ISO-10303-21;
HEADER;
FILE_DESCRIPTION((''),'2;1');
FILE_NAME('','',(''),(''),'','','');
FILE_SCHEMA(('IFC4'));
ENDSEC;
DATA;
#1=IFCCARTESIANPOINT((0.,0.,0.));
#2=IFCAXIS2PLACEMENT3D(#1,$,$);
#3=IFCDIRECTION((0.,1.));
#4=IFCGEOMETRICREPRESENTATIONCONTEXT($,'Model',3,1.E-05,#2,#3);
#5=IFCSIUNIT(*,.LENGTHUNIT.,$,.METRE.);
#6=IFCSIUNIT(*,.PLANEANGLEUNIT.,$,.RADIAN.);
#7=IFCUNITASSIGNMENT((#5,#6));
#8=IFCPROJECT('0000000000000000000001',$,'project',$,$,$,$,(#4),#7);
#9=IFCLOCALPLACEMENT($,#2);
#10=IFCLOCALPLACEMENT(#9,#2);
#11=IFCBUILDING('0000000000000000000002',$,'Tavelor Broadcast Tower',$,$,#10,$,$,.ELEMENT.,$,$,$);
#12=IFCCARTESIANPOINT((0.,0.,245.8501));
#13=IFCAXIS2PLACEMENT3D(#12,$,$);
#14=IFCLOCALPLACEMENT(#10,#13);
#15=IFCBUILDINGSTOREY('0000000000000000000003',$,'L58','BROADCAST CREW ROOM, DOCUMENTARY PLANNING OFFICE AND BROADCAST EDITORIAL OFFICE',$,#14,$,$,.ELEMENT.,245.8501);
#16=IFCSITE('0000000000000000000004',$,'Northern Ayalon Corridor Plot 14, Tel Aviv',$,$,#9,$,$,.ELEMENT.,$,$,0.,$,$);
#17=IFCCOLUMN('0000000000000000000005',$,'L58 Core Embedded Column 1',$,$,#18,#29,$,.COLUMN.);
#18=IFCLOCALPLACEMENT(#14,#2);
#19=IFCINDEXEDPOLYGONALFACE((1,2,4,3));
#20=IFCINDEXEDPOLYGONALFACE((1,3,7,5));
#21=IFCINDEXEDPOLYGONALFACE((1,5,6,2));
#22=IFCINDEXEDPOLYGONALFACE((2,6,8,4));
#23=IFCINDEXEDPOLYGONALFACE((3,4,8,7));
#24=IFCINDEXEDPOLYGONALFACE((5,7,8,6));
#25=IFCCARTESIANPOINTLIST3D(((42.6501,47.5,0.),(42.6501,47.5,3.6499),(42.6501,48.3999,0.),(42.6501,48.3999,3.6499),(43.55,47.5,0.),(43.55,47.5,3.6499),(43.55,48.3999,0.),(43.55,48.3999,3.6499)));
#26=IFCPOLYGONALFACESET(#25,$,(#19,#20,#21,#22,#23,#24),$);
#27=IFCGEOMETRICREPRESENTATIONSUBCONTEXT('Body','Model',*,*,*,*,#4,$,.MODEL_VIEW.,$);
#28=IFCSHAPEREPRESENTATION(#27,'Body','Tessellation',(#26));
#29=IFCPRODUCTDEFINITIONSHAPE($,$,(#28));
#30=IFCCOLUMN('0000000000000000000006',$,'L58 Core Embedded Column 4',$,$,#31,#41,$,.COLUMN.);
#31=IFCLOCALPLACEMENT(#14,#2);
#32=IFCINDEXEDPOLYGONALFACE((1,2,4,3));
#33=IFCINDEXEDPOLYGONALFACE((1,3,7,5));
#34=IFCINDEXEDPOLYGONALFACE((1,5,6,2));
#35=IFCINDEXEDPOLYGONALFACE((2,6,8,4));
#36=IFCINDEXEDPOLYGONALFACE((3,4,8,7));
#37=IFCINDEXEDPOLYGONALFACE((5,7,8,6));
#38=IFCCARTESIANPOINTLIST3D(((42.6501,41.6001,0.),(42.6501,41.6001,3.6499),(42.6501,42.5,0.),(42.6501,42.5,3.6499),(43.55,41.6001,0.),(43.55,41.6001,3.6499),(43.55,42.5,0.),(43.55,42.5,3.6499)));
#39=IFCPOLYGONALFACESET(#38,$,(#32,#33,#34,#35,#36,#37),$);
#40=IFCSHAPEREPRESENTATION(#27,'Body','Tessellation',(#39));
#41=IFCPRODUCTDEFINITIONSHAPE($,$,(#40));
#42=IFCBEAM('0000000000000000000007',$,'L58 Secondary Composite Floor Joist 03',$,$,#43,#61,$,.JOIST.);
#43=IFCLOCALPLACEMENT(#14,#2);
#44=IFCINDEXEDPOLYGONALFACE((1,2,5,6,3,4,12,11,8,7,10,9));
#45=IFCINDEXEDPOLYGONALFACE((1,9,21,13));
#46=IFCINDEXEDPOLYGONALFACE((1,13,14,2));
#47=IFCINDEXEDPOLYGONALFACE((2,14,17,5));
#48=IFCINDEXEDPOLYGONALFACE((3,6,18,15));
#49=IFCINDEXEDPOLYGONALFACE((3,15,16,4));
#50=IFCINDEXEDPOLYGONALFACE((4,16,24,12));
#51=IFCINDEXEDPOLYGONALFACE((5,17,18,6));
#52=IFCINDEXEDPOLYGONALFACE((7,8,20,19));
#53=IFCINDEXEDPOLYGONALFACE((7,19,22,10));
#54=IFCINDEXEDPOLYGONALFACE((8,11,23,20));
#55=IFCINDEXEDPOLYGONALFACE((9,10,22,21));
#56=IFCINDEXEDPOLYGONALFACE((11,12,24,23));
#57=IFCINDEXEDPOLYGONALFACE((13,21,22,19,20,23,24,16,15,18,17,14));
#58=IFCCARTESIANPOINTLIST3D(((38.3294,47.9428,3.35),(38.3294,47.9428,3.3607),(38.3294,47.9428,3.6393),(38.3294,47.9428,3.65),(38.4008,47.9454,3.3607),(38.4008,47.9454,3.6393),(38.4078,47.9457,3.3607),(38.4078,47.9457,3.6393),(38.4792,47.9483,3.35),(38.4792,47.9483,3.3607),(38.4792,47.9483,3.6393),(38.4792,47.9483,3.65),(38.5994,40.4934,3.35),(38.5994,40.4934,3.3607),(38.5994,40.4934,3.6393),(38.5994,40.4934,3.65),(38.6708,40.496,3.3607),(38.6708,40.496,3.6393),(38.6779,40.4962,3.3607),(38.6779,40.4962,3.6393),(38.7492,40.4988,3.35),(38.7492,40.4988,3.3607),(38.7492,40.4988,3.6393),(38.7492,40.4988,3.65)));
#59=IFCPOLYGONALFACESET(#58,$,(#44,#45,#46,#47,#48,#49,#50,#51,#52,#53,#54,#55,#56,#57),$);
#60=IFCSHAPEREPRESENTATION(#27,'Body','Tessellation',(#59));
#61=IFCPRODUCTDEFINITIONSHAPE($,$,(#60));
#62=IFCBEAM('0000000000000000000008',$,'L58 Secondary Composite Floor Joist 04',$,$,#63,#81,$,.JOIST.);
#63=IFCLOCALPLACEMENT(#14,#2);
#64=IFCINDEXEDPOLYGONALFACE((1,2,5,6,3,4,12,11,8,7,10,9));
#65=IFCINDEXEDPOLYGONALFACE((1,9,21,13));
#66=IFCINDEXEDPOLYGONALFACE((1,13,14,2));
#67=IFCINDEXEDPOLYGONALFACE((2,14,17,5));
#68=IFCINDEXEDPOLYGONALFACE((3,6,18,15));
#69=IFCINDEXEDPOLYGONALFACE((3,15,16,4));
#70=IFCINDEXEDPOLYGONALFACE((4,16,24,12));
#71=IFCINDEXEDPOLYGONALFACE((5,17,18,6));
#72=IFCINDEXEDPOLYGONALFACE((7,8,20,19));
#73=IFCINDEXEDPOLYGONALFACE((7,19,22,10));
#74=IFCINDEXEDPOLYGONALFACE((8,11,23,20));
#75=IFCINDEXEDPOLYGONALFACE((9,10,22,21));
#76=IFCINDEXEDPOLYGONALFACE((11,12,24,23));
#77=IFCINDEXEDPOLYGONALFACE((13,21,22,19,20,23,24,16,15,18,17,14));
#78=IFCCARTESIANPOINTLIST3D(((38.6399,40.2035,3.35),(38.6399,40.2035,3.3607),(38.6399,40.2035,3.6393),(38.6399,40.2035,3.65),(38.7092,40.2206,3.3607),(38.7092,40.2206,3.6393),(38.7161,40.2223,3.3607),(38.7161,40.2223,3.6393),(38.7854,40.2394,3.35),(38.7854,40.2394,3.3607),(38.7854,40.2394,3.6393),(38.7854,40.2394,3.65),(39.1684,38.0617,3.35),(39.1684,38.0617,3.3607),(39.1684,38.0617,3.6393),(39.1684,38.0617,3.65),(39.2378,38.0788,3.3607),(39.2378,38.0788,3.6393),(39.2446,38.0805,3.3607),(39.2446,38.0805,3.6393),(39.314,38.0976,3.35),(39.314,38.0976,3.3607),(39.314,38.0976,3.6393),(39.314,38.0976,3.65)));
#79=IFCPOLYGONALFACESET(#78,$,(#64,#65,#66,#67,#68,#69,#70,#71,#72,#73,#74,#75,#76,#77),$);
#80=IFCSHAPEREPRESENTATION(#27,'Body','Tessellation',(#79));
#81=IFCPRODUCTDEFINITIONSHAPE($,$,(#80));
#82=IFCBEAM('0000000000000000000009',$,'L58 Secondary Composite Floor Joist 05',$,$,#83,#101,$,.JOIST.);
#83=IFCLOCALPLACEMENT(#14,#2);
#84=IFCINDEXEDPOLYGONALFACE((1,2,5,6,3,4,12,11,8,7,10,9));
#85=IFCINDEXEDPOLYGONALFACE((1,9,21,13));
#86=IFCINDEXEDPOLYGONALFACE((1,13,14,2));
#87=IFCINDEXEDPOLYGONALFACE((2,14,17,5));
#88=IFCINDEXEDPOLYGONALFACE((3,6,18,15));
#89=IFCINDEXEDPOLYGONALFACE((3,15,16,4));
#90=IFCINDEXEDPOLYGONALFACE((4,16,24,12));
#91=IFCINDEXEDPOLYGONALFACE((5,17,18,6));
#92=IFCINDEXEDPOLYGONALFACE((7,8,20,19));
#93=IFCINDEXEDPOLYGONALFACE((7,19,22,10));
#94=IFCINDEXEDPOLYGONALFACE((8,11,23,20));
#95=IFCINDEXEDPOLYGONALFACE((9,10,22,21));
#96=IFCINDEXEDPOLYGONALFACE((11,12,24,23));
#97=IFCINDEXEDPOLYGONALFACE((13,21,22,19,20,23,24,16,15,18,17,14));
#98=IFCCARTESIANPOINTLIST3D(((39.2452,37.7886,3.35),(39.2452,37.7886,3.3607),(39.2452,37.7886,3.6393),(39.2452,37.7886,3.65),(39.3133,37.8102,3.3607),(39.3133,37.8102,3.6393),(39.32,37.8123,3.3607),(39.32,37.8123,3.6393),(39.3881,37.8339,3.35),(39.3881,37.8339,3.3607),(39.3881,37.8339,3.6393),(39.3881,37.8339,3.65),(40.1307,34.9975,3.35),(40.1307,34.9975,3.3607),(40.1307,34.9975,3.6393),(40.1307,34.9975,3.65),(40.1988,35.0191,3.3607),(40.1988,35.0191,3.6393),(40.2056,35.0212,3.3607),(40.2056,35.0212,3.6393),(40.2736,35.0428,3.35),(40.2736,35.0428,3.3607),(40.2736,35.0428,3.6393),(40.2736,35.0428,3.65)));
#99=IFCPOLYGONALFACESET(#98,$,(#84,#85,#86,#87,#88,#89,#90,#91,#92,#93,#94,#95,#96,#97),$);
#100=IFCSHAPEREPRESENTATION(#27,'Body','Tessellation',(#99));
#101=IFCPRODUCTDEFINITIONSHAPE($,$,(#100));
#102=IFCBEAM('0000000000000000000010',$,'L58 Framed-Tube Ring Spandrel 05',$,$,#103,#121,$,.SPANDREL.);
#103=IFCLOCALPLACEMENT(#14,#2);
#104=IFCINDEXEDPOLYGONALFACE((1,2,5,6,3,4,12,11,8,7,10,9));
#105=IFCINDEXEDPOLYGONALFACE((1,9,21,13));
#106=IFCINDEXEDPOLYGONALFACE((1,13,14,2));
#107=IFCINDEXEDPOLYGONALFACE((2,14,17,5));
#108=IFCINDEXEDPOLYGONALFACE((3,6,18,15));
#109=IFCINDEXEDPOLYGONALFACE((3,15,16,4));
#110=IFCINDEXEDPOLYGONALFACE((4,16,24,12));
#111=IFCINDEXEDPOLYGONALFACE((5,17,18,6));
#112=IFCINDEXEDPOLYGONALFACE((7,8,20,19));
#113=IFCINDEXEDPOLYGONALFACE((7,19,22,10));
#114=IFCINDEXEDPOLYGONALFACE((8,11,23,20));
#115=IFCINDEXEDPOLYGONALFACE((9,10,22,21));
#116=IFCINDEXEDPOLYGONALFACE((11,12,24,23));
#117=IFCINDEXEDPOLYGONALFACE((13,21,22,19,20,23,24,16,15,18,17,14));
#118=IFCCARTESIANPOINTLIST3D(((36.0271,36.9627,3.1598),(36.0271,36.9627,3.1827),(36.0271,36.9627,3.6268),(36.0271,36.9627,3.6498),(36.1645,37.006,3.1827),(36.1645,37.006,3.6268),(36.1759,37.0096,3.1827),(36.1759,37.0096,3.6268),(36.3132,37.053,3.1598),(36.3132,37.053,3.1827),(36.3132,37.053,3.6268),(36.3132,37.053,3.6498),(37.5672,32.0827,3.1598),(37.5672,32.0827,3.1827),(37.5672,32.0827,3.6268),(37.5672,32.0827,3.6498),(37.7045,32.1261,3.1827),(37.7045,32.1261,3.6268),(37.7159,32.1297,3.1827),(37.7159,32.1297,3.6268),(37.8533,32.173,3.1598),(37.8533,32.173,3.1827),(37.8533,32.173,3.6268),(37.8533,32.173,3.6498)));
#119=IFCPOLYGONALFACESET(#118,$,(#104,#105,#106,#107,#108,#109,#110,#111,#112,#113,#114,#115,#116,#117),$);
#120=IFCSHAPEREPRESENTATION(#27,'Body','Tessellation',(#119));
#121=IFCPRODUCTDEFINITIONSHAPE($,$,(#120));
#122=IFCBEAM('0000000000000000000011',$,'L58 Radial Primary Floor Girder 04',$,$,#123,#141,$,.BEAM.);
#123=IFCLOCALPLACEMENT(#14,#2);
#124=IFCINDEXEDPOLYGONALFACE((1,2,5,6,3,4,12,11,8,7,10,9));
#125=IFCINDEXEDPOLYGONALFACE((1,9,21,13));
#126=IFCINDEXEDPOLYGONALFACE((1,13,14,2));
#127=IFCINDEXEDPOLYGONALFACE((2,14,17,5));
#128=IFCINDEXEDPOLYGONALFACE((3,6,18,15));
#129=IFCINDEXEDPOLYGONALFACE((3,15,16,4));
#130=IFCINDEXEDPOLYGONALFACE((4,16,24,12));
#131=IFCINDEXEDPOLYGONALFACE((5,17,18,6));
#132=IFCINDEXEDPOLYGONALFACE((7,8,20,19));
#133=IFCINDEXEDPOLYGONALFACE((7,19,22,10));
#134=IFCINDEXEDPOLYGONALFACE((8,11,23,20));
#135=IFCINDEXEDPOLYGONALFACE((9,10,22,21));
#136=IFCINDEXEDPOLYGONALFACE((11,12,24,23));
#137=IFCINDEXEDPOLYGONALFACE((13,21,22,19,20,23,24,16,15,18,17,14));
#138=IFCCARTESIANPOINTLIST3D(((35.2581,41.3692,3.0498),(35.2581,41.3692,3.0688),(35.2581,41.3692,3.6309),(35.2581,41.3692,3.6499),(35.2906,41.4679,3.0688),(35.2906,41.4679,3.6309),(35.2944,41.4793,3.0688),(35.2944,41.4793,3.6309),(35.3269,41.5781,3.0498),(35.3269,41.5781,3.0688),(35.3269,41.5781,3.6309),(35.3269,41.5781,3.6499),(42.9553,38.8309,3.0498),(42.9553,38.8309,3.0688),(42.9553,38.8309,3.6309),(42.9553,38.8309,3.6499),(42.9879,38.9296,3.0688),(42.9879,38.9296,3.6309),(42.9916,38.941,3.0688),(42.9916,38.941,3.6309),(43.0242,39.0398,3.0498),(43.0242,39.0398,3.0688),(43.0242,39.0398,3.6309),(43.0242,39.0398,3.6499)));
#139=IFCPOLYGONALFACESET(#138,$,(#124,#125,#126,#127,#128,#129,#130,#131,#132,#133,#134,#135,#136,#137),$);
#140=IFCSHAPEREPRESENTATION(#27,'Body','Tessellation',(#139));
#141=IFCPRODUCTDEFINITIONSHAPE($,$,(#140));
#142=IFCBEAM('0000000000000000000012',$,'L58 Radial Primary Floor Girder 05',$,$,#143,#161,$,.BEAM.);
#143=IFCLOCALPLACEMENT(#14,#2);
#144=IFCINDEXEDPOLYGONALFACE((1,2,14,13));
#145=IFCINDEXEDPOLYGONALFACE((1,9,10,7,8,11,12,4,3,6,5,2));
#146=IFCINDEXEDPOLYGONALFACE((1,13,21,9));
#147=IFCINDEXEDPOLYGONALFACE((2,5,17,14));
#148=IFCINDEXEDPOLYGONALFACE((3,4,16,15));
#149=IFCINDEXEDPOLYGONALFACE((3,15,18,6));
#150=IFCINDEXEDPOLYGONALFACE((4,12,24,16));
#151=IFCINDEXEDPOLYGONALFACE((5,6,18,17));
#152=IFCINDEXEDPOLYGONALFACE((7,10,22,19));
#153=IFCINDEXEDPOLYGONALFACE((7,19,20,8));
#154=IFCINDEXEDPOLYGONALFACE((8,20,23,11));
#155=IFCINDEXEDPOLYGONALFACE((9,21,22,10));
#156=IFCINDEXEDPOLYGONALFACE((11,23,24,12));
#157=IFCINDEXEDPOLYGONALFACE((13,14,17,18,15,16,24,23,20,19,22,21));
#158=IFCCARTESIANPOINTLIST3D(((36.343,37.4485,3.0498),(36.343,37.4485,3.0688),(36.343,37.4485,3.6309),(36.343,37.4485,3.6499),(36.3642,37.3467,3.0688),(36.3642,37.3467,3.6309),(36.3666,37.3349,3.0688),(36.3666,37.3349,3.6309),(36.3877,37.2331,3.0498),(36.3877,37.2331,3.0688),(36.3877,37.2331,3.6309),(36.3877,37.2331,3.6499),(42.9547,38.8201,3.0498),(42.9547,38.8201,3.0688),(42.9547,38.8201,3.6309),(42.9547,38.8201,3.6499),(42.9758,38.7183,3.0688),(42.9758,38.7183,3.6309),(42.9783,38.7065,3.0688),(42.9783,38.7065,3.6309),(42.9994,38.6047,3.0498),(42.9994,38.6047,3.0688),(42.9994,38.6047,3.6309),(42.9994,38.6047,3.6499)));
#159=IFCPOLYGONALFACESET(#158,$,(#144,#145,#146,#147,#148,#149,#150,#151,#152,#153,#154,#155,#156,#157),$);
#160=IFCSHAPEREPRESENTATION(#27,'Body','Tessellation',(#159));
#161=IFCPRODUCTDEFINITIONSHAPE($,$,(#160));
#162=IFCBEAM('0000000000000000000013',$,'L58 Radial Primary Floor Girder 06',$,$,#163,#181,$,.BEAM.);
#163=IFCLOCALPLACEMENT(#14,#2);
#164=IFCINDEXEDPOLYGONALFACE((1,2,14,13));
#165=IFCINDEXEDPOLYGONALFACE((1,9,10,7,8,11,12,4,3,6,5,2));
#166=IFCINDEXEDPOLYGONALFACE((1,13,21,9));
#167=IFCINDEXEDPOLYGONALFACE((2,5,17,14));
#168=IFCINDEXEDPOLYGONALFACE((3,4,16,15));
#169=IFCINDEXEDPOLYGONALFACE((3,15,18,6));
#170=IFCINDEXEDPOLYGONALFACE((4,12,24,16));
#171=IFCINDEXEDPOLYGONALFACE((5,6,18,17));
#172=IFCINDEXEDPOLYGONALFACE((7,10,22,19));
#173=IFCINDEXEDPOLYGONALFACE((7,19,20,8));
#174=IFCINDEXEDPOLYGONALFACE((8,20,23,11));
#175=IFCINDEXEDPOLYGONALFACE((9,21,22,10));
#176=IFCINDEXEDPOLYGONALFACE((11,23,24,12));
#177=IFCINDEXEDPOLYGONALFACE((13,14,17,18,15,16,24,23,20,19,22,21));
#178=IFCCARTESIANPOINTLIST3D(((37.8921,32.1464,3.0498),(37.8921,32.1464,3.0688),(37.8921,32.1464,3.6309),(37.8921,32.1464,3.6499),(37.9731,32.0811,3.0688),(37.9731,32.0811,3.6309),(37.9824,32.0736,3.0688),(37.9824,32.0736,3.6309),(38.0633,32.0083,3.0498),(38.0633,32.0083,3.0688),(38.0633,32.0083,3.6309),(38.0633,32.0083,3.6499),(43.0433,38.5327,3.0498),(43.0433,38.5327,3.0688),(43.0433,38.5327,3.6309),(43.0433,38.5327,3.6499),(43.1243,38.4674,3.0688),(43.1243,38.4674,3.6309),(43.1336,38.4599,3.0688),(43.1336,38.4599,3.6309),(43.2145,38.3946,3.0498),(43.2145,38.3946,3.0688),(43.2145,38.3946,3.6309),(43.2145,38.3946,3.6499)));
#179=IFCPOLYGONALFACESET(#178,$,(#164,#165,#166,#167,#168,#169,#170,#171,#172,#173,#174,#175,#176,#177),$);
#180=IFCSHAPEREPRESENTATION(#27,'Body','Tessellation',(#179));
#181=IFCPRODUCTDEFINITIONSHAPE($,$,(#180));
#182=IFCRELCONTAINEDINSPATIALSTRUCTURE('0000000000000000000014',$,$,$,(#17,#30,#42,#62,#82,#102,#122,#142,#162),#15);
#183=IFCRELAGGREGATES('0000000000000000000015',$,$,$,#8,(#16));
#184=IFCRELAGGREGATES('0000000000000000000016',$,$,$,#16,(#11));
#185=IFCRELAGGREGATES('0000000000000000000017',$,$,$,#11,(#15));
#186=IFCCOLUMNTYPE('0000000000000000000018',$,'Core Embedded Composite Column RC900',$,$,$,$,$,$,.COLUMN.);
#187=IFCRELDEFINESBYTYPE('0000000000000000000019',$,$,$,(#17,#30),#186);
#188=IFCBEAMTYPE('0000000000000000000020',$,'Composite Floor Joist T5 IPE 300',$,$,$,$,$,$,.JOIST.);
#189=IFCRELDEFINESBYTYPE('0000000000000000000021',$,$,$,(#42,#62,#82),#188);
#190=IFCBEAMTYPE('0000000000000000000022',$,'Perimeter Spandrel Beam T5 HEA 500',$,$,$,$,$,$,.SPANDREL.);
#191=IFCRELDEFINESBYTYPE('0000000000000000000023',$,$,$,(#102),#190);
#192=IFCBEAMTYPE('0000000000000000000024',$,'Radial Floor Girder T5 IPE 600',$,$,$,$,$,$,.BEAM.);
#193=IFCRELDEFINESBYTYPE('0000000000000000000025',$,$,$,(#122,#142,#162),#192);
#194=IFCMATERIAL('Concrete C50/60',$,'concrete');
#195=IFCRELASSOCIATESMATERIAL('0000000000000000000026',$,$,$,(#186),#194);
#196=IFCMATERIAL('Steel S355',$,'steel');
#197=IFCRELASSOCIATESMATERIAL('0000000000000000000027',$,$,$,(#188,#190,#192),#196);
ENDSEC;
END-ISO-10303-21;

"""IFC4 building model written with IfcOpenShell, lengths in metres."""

from ifc_helpers import new_model, si_unit, direction, frame, origin, origin_2d, place, context, subcontext, project, spatial, rectangle, i_section, extrude, material, material_profile, profile_set, type_object, element, save


model = new_model("IFC4")

# Units and contexts
model_context = context("Model", 3, precision=1e-05, world=origin(), true_north=direction((0.0, 1.0)))
body_context = subcontext(model_context, "Body", "Model", "MODEL_VIEW")
ifc_project = project(units=[si_unit("LENGTHUNIT", "METRE"), si_unit("PLANEANGLEUNIT", "RADIAN")], contexts=[model_context])

# Site, building, storey
site_placement = place(None, origin())
site = spatial("IfcSite", under=ifc_project, at=site_placement, Name="Northern Ayalon Corridor Plot 14, Tel Aviv", CompositionType="ELEMENT", RefElevation=0.0)
building_placement = place(site_placement, origin())
building = spatial("IfcBuilding", under=site, at=building_placement, Name="Tavelor Broadcast Tower", CompositionType="ELEMENT")
storey_placement = place(building_placement, frame((0.0, 0.0, 245.8501)))
storey = spatial("IfcBuildingStorey", under=building, at=storey_placement, Name="L58", Description="BROADCAST CREW ROOM, DOCUMENTARY PLANNING OFFICE AND BROADCAST EDITORIAL OFFICE", CompositionType="ELEMENT", Elevation=245.8501)

# Columns
ifc_material_1 = material(Name="Concrete C50/60", Category="concrete")
ifc_material_profile_1 = material_profile(ifc_material_1, rectangle(XDim=0.8999, YDim=0.8999, at=origin_2d()), Name="RC 900x900")
ifc_profile_set_1 = profile_set([ifc_material_profile_1], Name="Concrete C50/60")
column_type = type_object("IfcColumnType", Name="Core Embedded Composite Column RC900", PredefinedType="COLUMN", material=ifc_profile_set_1)
for number, where, z_axis, x_axis, name in (
    (1, (43.1001, 47.95, 0.0), (0.0, 0.0, 1.0), (1.0, 0.0, 0.0), "L58 Core Embedded Column 1"),
    (2, (43.1001, 42.05, 0.0), (0.0, 0.0, 1.0), (1.0, 0.0, 0.0), "L58 Core Embedded Column 4"),
):
    element("IfcColumn", number, at=place(storey_placement, frame(where, z_axis=z_axis, x_axis=x_axis)), inside=storey, type_object=column_type, Name=name, PredefinedType="COLUMN", context=body_context, shape_type="SweptSolid", body=[
        extrude(rectangle(XDim=0.8999, YDim=0.8999, at=origin_2d()), origin(), (0.0, 0.0, 1.0), 3.6499),
    ])

# Beams
ifc_material_2 = material(Name="Steel S355", Category="steel")
ifc_material_profile_2 = material_profile(ifc_material_2, i_section(OverallWidth=0.1499, OverallDepth=0.3, WebThickness=0.0071, FlangeThickness=0.0107, at=origin_2d()), Name="IPE 300")
ifc_profile_set_2 = profile_set([ifc_material_profile_2], Name="Steel S355")
beam_type_1 = type_object("IfcBeamType", Name="Composite Floor Joist T5 IPE 300", PredefinedType="JOIST", material=ifc_profile_set_2)
beam_1_placement = place(storey_placement, frame((38.4043, 47.9456, 3.5), z_axis=(0.036223, -0.999344, 0.0), x_axis=(0.999344, 0.036223, 0.0)))
element("IfcBeam", 3, at=beam_1_placement, inside=storey, type_object=beam_type_1, Name="L58 Secondary Composite Floor Joist 03", PredefinedType="JOIST", context=body_context, shape_type="SweptSolid", body=[
    extrude(i_section(OverallWidth=0.1499, OverallDepth=0.3, WebThickness=0.0071, FlangeThickness=0.0107, at=origin_2d()), origin(), (0.0, 0.0, 1.0), 7.4543),
])
beam_2_placement = place(storey_placement, frame((38.7126, 40.2214, 3.5), z_axis=(0.239592, -0.970874, 0.0), x_axis=(0.970874, 0.239592, 0.0)))
element("IfcBeam", 4, at=beam_2_placement, inside=storey, type_object=beam_type_1, Name="L58 Secondary Composite Floor Joist 04", PredefinedType="JOIST", context=body_context, shape_type="SweptSolid", body=[
    extrude(i_section(OverallWidth=0.1499, OverallDepth=0.3, WebThickness=0.0071, FlangeThickness=0.0107, at=origin_2d()), origin(), (0.0, 0.0, 1.0), 2.2061),
])
beam_3_placement = place(storey_placement, frame((39.3167, 37.8113, 3.5), z_axis=(0.302412, -0.953177, 0.0), x_axis=(0.953177, 0.302412, 0.0)))
element("IfcBeam", 5, at=beam_3_placement, inside=storey, type_object=beam_type_1, Name="L58 Secondary Composite Floor Joist 05", PredefinedType="JOIST", context=body_context, shape_type="SweptSolid", body=[
    extrude(i_section(OverallWidth=0.1499, OverallDepth=0.3, WebThickness=0.0071, FlangeThickness=0.0107, at=origin_2d()), origin(), (0.0, 0.0, 1.0), 2.9282),
])
ifc_material_profile_3 = material_profile(ifc_material_2, i_section(OverallWidth=0.3, OverallDepth=0.49, WebThickness=0.012, FlangeThickness=0.0229, at=origin_2d()), Name="HEA 500")
ifc_profile_set_3 = profile_set([ifc_material_profile_3], Name="Steel S355")
beam_type_2 = type_object("IfcBeamType", Name="Perimeter Spandrel Beam T5 HEA 500", PredefinedType="SPANDREL", material=ifc_profile_set_3)
beam_4_placement = place(storey_placement, frame((36.1702, 37.0078, 3.4048), z_axis=(0.300958, -0.953637, 0.0), x_axis=(0.953637, 0.300958, 0.0)))
element("IfcBeam", 6, at=beam_4_placement, inside=storey, type_object=beam_type_2, Name="L58 Framed-Tube Ring Spandrel 05", PredefinedType="SPANDREL", context=body_context, shape_type="SweptSolid", body=[
    extrude(i_section(OverallWidth=0.3, OverallDepth=0.49, WebThickness=0.012, FlangeThickness=0.0229, at=origin_2d()), origin(), (0.0, 0.0, 1.0), 5.1172),
])
ifc_material_profile_4 = material_profile(ifc_material_2, i_section(OverallWidth=0.22, OverallDepth=0.6001, WebThickness=0.012, FlangeThickness=0.019, at=origin_2d()), Name="IPE 600")
ifc_profile_set_4 = profile_set([ifc_material_profile_4], Name="Steel S355")
beam_type_3 = type_object("IfcBeamType", Name="Radial Floor Girder T5 IPE 600", PredefinedType="BEAM", material=ifc_profile_set_4)
beam_5_placement = place(storey_placement, frame((42.9897, 38.9353, 3.3499), z_axis=(-0.949694, 0.313181, 0.0), x_axis=(-0.313181, -0.949694, 0.0)))
element("IfcBeam", 7, at=beam_5_placement, inside=storey, type_object=beam_type_3, Name="L58 Radial Primary Floor Girder 04", PredefinedType="BEAM", context=body_context, shape_type="SweptSolid", body=[
    extrude(i_section(OverallWidth=0.22, OverallDepth=0.6001, WebThickness=0.012, FlangeThickness=0.019, at=origin_2d()), origin(), (0.0, 0.0, 1.0), 8.105),
])
beam_6_placement = place(storey_placement, frame((42.9771, 38.7124, 3.3499), z_axis=(-0.979152, -0.203127, 0.0), x_axis=(0.203127, -0.979152, 0.0)))
element("IfcBeam", 8, at=beam_6_placement, inside=storey, type_object=beam_type_3, Name="L58 Radial Primary Floor Girder 05", PredefinedType="BEAM", context=body_context, shape_type="SweptSolid", body=[
    extrude(i_section(OverallWidth=0.22, OverallDepth=0.6001, WebThickness=0.012, FlangeThickness=0.019, at=origin_2d()), origin(), (0.0, 0.0, 1.0), 6.7524),
])
beam_7_placement = place(storey_placement, frame((43.1289, 38.4636, 3.3499), z_axis=(-0.627822, -0.778357, 0.0), x_axis=(0.778357, -0.627822, 0.0)))
element("IfcBeam", 9, at=beam_7_placement, inside=storey, type_object=beam_type_3, Name="L58 Radial Primary Floor Girder 06", PredefinedType="BEAM", context=body_context, shape_type="SweptSolid", body=[
    extrude(i_section(OverallWidth=0.22, OverallDepth=0.6001, WebThickness=0.012, FlangeThickness=0.019, at=origin_2d()), origin(), (0.0, 0.0, 1.0), 8.2048),
])

save(model, "model.ifc")
